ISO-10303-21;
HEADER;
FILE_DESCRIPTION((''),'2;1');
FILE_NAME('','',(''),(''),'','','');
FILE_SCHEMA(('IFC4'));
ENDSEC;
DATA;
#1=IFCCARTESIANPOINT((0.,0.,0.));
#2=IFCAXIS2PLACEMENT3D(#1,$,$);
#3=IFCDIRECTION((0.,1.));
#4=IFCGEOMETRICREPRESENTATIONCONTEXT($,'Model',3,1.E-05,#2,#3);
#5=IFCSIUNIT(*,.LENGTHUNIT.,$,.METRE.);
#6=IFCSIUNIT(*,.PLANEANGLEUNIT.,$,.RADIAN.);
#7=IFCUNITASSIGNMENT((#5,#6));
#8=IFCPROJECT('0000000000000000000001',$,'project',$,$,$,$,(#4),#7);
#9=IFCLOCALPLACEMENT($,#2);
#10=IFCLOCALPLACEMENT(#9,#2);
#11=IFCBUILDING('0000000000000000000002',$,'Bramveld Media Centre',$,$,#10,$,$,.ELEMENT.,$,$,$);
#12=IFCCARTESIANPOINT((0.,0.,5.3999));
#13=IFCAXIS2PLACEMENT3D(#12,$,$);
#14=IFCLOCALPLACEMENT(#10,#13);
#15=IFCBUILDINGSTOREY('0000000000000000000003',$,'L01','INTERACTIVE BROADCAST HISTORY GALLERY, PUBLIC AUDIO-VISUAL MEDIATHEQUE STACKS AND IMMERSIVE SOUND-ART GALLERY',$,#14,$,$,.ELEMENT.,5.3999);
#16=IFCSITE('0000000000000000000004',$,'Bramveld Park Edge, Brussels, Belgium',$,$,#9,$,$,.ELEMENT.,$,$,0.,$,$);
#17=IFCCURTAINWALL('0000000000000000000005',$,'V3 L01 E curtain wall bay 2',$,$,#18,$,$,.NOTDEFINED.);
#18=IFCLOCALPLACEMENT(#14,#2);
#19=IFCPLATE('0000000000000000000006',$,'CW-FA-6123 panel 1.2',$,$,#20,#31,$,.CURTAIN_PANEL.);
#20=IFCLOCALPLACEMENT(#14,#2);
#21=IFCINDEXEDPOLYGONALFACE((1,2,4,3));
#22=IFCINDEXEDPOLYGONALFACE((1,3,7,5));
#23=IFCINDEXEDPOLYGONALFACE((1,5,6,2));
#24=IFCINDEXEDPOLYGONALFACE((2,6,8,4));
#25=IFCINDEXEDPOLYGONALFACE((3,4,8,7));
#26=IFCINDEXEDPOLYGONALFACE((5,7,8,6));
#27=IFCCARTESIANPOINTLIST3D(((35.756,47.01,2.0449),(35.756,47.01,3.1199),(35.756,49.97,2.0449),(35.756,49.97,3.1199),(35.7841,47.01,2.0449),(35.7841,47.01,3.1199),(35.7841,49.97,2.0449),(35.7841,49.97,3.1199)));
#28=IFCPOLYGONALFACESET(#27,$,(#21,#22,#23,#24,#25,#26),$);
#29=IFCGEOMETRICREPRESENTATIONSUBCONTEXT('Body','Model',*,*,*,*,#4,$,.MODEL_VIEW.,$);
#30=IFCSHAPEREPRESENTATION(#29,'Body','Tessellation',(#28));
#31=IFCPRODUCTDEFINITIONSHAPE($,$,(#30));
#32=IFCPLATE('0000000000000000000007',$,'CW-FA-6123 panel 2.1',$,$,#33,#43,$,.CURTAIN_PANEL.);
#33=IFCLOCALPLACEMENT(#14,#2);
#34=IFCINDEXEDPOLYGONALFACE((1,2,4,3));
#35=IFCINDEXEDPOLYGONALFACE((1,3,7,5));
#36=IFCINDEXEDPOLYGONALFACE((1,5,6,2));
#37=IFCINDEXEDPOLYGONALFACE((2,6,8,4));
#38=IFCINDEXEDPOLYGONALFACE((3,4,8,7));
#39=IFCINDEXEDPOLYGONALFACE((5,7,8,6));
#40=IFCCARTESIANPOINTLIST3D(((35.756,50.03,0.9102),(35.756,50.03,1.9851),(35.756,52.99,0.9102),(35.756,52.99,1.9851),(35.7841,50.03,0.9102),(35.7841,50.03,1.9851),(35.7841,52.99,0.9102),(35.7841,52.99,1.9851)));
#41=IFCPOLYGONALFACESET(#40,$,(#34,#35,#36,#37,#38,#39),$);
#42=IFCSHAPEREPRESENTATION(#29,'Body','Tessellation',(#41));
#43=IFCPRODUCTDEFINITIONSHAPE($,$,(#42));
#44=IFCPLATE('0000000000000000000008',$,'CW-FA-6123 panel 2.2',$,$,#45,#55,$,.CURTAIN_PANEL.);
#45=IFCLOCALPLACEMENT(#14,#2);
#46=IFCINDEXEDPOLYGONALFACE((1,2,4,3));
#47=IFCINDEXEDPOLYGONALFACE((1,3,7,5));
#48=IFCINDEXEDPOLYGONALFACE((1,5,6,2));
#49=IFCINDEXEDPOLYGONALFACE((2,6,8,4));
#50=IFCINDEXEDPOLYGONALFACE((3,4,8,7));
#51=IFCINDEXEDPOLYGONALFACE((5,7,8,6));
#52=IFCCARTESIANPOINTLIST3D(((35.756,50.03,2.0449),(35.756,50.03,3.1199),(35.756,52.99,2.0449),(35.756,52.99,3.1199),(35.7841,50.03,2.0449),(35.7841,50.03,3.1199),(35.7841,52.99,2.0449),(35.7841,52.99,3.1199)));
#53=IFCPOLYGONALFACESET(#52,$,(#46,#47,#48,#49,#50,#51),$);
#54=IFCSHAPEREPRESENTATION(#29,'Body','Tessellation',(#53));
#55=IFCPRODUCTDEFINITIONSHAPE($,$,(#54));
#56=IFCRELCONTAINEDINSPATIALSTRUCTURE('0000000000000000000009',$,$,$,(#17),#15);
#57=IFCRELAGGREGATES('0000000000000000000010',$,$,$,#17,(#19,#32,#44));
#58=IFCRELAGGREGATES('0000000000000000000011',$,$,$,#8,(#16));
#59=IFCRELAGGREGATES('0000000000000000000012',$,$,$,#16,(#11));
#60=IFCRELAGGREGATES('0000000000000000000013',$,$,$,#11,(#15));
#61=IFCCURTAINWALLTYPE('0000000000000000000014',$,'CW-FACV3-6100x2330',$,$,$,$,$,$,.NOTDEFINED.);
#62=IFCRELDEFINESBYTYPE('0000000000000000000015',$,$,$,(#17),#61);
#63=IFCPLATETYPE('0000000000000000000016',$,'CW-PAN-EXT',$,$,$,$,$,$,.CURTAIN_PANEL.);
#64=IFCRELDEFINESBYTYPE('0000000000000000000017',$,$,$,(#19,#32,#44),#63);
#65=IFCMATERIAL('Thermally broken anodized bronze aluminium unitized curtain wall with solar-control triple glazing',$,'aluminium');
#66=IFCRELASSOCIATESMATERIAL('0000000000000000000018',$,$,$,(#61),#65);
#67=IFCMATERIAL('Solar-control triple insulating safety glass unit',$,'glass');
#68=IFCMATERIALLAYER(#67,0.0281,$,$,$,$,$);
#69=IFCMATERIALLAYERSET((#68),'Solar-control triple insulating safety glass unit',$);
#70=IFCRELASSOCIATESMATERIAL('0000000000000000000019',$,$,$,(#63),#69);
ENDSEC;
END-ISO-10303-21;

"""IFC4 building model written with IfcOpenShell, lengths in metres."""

from ifc_helpers import new_model, si_unit, direction, frame, origin, origin_2d, place, context, subcontext, project, spatial, rectangle, extrude, material, layer, layer_set, type_object, element, aggregate, save


model = new_model("IFC4")

# Units and contexts
model_context = context("Model", 3, precision=1e-05, world=origin(), true_north=direction((0.0, 1.0)))
body_context = subcontext(model_context, "Body", "Model", "MODEL_VIEW")
ifc_project = project(units=[si_unit("LENGTHUNIT", "METRE"), si_unit("PLANEANGLEUNIT", "RADIAN")], contexts=[model_context])

# Site, building, storey
site_placement = place(None, origin())
site = spatial("IfcSite", under=ifc_project, at=site_placement, Name="Bramveld Park Edge, Brussels, Belgium", CompositionType="ELEMENT", RefElevation=0.0)
building_placement = place(site_placement, origin())
building = spatial("IfcBuilding", under=site, at=building_placement, Name="Bramveld Media Centre", CompositionType="ELEMENT")
storey_placement = place(building_placement, frame((0.0, 0.0, 5.3999)))
storey = spatial("IfcBuildingStorey", under=building, at=storey_placement, Name="L01", Description="INTERACTIVE BROADCAST HISTORY GALLERY, PUBLIC AUDIO-VISUAL MEDIATHEQUE STACKS AND IMMERSIVE SOUND-ART GALLERY", CompositionType="ELEMENT", Elevation=5.3999)

# Curtain wall
ifc_material_1 = material(Name="Thermally broken anodized bronze aluminium unitized curtain wall with solar-control triple glazing", Category="aluminium")
curtain_wall_type = type_object("IfcCurtainWallType", Name="CW-FACV3-6100x2330", PredefinedType="NOTDEFINED", material=ifc_material_1)
curtain_wall_1_placement = place(storey_placement, origin())
curtain_wall_1 = element("IfcCurtainWall", 1, at=curtain_wall_1_placement, inside=storey, type_object=curtain_wall_type, Name="V3 L01 E curtain wall bay 2", PredefinedType="NOTDEFINED")

# Plates
ifc_material_2 = material(Name="Solar-control triple insulating safety glass unit", Category="glass")
ifc_layer = layer(ifc_material_2, 0.0281)
ifc_layer_set = layer_set([ifc_layer], Name="Solar-control triple insulating safety glass unit")
plate_type = type_object("IfcPlateType", Name="CW-PAN-EXT", PredefinedType="CURTAIN_PANEL", material=ifc_layer_set)
plate_1_placement = place(storey_placement, frame((35.77, 48.49, 2.0449), z_axis=(0.0, 0.0, 1.0), x_axis=(0.0, 1.0, 0.0)))
plate_1 = element("IfcPlate", 2, at=plate_1_placement, type_object=plate_type, Name="CW-FA-6123 panel 1.2", PredefinedType="CURTAIN_PANEL", context=body_context, shape_type="SweptSolid", body=[
    extrude(rectangle(XDim=2.96, YDim=0.0281, at=origin_2d()), origin(), (0.0, 0.0, 1.0), 1.075),
])
plate_2_placement = place(storey_placement, frame((35.77, 51.51, 0.9102), z_axis=(0.0, 0.0, 1.0), x_axis=(0.0, 1.0, 0.0)))
plate_2 = element("IfcPlate", 3, at=plate_2_placement, type_object=plate_type, Name="CW-FA-6123 panel 2.1", PredefinedType="CURTAIN_PANEL", context=body_context, shape_type="SweptSolid", body=[
    extrude(rectangle(XDim=2.96, YDim=0.0281, at=origin_2d()), origin(), (0.0, 0.0, 1.0), 1.075),
])
plate_3_placement = place(storey_placement, frame((35.77, 51.51, 2.0449), z_axis=(0.0, 0.0, 1.0), x_axis=(0.0, 1.0, 0.0)))
plate_3 = element("IfcPlate", 4, at=plate_3_placement, type_object=plate_type, Name="CW-FA-6123 panel 2.2", PredefinedType="CURTAIN_PANEL", context=body_context, shape_type="SweptSolid", body=[
    extrude(rectangle(XDim=2.96, YDim=0.0281, at=origin_2d()), origin(), (0.0, 0.0, 1.0), 1.075),
])
aggregate(curtain_wall_1, [plate_1, plate_2, plate_3])

save(model, "model.ifc")
